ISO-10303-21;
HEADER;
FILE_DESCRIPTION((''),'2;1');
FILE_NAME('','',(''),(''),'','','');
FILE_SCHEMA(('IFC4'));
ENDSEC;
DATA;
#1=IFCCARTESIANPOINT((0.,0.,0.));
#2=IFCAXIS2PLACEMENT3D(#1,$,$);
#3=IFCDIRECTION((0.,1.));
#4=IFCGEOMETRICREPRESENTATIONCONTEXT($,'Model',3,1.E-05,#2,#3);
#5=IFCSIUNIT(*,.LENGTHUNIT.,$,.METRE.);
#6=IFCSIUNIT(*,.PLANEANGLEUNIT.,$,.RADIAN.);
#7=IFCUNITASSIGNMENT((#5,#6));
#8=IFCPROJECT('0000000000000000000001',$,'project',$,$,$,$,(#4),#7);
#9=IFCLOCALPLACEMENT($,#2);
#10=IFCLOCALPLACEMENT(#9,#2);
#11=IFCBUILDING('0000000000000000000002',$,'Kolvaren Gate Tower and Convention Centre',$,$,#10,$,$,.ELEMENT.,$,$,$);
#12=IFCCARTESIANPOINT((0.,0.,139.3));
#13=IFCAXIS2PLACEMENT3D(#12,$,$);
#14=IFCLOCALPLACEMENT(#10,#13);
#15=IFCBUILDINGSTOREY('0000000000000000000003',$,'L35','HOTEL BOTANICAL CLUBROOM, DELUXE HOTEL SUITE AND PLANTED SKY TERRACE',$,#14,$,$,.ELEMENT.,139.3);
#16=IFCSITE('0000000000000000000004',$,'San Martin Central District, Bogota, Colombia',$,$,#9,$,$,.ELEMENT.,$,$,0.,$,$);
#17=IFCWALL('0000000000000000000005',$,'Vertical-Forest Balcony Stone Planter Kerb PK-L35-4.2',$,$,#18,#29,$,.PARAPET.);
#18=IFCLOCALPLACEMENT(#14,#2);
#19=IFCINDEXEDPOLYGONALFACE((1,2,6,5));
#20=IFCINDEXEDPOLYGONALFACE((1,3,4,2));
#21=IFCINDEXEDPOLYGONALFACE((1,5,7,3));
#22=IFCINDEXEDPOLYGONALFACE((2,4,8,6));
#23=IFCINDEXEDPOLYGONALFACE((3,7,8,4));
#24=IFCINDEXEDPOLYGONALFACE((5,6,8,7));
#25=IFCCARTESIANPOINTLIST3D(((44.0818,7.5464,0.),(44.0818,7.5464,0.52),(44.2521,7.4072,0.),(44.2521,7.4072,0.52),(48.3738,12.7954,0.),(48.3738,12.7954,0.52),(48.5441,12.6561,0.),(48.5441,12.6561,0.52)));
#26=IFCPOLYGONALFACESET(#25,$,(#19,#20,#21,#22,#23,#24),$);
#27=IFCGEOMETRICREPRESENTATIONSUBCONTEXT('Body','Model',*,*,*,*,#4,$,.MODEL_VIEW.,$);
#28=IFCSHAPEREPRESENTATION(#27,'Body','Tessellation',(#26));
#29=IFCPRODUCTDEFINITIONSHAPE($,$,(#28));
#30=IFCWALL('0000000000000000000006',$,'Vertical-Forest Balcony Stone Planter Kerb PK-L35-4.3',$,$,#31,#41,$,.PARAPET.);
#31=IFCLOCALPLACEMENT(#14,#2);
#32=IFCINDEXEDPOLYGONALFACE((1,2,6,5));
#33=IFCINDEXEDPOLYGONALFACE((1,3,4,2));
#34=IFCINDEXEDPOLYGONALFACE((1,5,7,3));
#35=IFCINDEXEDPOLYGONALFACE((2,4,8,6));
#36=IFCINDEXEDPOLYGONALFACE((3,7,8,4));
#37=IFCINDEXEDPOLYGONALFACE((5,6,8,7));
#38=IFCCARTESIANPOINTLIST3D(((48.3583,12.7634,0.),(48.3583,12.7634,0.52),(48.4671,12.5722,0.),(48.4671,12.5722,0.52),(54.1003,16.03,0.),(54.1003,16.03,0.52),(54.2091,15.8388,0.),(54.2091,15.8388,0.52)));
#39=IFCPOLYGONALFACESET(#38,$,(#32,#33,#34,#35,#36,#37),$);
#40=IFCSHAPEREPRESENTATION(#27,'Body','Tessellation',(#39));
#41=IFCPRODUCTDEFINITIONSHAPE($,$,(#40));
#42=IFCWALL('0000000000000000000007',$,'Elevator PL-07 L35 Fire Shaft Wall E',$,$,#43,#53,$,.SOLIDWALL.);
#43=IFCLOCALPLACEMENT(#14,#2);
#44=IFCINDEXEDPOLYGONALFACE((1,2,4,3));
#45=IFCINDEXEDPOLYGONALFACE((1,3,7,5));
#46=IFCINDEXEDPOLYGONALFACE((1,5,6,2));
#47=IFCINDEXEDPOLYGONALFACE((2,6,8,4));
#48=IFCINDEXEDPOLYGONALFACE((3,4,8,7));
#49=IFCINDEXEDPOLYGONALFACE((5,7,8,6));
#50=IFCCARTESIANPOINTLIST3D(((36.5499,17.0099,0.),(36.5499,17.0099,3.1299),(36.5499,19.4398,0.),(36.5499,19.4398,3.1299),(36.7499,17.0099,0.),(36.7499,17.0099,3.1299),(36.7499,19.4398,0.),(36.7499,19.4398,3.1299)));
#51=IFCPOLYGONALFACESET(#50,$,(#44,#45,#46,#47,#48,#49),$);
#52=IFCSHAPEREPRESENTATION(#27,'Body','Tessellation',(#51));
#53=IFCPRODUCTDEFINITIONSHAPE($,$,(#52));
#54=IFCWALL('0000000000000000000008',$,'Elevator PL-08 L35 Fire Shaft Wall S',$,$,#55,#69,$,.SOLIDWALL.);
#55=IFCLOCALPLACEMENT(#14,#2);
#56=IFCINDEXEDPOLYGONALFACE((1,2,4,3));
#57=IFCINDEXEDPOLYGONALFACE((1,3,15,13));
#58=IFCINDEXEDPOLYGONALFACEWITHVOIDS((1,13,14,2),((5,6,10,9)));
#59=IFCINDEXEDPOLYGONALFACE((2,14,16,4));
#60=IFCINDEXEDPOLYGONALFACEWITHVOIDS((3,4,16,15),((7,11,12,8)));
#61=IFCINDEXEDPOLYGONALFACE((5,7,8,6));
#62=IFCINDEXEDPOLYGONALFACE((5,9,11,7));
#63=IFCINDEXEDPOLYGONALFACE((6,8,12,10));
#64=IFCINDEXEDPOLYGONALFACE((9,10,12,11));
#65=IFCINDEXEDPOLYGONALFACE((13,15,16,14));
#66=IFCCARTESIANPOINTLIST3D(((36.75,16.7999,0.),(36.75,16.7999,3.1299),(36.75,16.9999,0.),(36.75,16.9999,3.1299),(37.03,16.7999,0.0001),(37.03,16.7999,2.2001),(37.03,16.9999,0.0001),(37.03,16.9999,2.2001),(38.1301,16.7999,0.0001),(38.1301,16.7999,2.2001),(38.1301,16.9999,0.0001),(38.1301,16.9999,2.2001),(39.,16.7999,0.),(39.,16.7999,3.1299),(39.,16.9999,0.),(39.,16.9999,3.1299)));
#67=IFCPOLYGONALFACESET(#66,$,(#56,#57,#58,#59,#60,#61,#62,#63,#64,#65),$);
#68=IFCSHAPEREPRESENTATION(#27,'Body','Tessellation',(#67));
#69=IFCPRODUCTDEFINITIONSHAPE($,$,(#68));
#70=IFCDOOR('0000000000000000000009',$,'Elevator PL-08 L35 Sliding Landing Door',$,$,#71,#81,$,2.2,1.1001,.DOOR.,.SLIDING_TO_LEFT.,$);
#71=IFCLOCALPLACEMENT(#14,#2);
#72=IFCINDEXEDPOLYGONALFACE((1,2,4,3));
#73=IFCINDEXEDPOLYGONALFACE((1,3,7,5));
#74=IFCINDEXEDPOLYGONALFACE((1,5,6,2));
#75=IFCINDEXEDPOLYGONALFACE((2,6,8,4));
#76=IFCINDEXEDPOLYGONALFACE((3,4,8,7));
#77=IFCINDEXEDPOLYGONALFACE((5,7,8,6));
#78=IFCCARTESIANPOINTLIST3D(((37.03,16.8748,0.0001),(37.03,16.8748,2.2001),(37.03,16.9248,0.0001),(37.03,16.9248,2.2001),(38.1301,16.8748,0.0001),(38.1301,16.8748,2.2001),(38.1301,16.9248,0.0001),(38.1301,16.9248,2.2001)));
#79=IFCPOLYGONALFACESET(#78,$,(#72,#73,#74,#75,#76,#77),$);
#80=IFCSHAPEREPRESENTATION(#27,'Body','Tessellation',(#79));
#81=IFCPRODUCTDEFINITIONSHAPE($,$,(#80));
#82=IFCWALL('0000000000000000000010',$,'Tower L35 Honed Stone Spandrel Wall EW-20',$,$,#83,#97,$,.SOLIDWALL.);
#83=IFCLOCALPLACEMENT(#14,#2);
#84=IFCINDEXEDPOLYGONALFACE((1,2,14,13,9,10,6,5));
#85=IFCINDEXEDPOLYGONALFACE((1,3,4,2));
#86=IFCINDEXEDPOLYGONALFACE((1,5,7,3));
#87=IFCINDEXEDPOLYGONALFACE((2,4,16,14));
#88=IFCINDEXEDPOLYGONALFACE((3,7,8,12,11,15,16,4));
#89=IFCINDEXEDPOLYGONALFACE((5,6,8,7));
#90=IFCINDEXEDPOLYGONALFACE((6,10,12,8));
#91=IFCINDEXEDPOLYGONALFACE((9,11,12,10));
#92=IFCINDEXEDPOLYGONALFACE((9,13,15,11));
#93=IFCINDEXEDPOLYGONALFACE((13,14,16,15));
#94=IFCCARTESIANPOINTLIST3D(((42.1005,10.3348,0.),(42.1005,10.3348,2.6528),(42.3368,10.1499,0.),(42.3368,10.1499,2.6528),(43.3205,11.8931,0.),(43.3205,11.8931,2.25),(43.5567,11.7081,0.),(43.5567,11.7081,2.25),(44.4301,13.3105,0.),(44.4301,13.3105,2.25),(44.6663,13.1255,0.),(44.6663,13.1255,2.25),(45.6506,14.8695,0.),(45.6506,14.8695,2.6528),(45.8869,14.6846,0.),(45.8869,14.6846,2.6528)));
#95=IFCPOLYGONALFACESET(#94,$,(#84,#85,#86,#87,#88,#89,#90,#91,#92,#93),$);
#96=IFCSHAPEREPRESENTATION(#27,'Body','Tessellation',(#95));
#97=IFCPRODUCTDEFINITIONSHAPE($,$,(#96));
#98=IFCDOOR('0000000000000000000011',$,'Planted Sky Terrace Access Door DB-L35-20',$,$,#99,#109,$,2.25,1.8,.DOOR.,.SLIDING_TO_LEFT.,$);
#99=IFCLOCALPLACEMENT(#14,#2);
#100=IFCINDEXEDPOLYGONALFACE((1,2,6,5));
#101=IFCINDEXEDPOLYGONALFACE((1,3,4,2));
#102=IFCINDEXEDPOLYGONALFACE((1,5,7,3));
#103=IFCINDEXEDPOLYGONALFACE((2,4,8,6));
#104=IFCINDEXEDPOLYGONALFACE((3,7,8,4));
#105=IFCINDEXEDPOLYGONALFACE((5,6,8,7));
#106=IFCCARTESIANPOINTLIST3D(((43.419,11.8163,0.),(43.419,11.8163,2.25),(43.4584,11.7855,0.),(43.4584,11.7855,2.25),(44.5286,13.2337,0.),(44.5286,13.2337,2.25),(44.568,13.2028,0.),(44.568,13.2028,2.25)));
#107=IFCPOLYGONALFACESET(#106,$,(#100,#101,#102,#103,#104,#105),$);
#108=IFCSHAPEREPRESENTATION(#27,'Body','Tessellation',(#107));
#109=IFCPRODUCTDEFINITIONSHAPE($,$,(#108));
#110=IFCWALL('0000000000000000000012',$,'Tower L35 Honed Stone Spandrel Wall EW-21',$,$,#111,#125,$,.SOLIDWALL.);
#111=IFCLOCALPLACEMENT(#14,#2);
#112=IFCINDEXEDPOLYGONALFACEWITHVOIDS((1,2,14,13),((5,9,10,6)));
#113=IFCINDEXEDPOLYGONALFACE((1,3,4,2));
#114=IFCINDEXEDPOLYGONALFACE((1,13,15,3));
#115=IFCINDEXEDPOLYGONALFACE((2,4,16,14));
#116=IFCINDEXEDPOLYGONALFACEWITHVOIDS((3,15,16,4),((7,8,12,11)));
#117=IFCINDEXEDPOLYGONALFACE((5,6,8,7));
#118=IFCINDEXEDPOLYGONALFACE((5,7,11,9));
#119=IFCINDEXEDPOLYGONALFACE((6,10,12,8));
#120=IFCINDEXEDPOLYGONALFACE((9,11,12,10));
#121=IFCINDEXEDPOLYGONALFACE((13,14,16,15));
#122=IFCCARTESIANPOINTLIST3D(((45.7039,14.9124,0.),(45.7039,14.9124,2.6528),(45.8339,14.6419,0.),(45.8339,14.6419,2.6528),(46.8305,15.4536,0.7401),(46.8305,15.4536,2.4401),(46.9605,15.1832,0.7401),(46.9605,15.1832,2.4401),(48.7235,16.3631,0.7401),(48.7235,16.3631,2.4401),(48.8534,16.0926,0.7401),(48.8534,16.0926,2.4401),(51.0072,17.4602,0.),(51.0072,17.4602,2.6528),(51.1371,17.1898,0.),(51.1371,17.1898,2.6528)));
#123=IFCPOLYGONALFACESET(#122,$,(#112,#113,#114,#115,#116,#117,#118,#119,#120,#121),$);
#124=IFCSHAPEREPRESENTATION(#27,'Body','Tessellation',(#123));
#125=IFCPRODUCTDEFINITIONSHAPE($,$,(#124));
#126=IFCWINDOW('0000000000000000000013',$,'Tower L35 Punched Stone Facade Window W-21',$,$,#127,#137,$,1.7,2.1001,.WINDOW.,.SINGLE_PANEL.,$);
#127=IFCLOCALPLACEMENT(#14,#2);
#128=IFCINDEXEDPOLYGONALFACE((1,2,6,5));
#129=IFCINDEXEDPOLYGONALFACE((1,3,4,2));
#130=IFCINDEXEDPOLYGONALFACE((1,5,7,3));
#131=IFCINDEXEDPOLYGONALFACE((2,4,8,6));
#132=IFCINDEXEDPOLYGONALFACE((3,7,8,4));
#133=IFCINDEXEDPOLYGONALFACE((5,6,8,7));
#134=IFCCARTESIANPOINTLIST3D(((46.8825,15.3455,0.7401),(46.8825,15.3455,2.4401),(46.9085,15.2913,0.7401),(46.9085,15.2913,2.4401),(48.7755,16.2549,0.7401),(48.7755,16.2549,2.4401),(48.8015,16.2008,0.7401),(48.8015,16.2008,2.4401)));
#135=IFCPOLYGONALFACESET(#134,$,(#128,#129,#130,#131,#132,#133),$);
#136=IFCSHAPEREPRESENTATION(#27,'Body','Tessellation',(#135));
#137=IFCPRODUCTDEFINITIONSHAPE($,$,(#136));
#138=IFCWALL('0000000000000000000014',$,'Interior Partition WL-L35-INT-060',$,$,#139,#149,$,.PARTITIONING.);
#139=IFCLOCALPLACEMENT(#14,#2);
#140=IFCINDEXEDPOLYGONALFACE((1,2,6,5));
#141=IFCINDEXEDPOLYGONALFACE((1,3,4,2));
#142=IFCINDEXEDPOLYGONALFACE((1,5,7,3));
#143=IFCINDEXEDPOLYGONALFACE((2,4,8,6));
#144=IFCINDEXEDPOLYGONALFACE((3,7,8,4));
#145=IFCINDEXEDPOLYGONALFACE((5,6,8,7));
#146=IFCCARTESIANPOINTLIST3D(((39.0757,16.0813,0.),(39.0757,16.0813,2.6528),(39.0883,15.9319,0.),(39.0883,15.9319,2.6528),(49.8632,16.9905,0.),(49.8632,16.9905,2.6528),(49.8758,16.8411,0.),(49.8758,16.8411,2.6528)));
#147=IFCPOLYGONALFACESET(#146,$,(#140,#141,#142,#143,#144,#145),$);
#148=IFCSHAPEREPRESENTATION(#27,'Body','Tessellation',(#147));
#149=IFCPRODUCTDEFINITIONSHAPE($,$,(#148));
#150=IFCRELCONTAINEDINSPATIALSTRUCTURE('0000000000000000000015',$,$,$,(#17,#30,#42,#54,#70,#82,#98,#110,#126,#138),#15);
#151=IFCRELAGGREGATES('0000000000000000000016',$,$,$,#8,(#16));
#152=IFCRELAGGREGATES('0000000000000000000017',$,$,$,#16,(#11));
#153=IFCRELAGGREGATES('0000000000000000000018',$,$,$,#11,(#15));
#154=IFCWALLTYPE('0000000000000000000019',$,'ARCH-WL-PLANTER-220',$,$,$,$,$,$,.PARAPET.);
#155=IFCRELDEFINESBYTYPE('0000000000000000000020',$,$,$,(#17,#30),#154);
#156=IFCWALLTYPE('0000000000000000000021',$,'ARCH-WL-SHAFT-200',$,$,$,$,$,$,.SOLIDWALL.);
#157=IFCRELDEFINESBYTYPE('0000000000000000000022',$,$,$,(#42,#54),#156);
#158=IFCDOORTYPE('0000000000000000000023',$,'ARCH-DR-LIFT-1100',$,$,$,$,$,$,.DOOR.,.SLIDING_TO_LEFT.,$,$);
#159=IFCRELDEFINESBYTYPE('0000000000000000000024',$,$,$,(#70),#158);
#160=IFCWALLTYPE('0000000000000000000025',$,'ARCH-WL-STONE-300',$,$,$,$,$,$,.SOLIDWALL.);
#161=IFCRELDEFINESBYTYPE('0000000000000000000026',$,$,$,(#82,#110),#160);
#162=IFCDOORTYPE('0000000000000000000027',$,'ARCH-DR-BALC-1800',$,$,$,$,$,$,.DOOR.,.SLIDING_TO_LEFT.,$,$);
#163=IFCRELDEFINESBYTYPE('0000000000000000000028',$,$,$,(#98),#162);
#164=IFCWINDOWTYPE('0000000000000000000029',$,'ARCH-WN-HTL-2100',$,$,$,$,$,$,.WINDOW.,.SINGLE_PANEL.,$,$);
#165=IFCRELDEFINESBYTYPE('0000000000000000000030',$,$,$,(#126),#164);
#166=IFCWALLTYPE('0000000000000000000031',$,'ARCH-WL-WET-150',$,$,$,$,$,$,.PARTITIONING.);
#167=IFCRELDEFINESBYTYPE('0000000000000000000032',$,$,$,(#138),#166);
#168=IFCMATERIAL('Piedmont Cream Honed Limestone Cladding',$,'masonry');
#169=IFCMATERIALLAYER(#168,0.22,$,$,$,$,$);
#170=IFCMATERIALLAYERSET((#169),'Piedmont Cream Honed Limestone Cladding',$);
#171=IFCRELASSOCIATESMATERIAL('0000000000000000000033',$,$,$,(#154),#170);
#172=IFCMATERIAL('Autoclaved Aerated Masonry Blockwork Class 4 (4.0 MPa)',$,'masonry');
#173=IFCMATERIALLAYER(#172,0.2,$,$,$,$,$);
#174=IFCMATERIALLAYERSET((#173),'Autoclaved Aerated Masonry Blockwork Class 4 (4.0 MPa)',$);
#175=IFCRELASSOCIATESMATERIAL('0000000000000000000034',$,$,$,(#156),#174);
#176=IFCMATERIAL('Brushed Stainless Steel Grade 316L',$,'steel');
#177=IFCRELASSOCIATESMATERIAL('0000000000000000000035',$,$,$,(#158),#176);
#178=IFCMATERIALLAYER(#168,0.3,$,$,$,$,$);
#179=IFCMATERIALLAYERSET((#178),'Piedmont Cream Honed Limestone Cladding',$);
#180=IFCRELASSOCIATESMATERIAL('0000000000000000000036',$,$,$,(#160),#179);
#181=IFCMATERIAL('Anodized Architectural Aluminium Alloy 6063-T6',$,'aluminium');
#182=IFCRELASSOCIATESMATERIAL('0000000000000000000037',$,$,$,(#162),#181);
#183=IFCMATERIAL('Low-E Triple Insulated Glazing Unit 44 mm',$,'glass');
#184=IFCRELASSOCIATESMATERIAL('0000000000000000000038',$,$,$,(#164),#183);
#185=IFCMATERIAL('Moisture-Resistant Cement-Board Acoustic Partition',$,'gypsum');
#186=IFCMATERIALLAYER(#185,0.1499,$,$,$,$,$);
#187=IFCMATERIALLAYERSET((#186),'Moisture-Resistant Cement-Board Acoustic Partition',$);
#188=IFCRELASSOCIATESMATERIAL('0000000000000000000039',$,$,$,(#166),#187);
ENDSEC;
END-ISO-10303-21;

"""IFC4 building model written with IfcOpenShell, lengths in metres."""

from ifc_helpers import new_model, si_unit, direction, frame, frame_2d, origin, place, context, subcontext, project, spatial, rectangle, extrude, material, layer, layer_set, type_object, element, fill, save


model = new_model("IFC4")

# Units and contexts
model_context = context("Model", 3, precision=1e-05, world=origin(), true_north=direction((0.0, 1.0)))
body_context = subcontext(model_context, "Body", "Model", "MODEL_VIEW")
ifc_project = project(units=[si_unit("LENGTHUNIT", "METRE"), si_unit("PLANEANGLEUNIT", "RADIAN")], contexts=[model_context])

# Site, building, storey
site_placement = place(None, origin())
site = spatial("IfcSite", under=ifc_project, at=site_placement, Name="San Martin Central District, Bogota, Colombia", CompositionType="ELEMENT", RefElevation=0.0)
building_placement = place(site_placement, origin())
building = spatial("IfcBuilding", under=site, at=building_placement, Name="Kolvaren Gate Tower and Convention Centre", CompositionType="ELEMENT")
storey_placement = place(building_placement, frame((0.0, 0.0, 139.3)))
storey = spatial("IfcBuildingStorey", under=building, at=storey_placement, Name="L35", Description="HOTEL BOTANICAL CLUBROOM, DELUXE HOTEL SUITE AND PLANTED SKY TERRACE", CompositionType="ELEMENT", Elevation=139.3)

# Walls
ifc_material_1 = material(Name="Piedmont Cream Honed Limestone Cladding", Category="masonry")
ifc_layer_1 = layer(ifc_material_1, 0.22)
ifc_layer_set_1 = layer_set([ifc_layer_1], Name="Piedmont Cream Honed Limestone Cladding")
wall_type_1 = type_object("IfcWallType", Name="ARCH-WL-PLANTER-220", PredefinedType="PARAPET", material=ifc_layer_set_1)
wall_1_placement = place(storey_placement, frame((44.167, 7.4768, 0.0), z_axis=(0.0, 0.0, 1.0), x_axis=(0.633002, 0.77415, 0.0)))
element("IfcWall", 1, at=wall_1_placement, inside=storey, type_object=wall_type_1, Name="Vertical-Forest Balcony Stone Planter Kerb PK-L35-4.2", PredefinedType="PARAPET", context=body_context, shape_type="SweptSolid", body=[
    extrude(rectangle(XDim=6.7803, YDim=0.22, at=frame_2d((3.3901, 0.0))), origin(), (0.0, 0.0, 1.0), 0.52),
])
wall_2_placement = place(storey_placement, frame((48.4126, 12.6677, 0.0), z_axis=(0.0, 0.0, 1.0), x_axis=(0.869188, 0.494482, 0.0)))
element("IfcWall", 2, at=wall_2_placement, inside=storey, type_object=wall_type_1, Name="Vertical-Forest Balcony Stone Planter Kerb PK-L35-4.3", PredefinedType="PARAPET", context=body_context, shape_type="SweptSolid", body=[
    extrude(rectangle(XDim=6.6062, YDim=0.22, at=frame_2d((3.3032, 0.0))), origin(), (0.0, 0.0, 1.0), 0.52),
])
ifc_material_2 = material(Name="Autoclaved Aerated Masonry Blockwork Class 4 (4.0 MPa)", Category="masonry")
ifc_layer_2 = layer(ifc_material_2, 0.2)
ifc_layer_set_2 = layer_set([ifc_layer_2], Name="Autoclaved Aerated Masonry Blockwork Class 4 (4.0 MPa)")
wall_type_2 = type_object("IfcWallType", Name="ARCH-WL-SHAFT-200", PredefinedType="SOLIDWALL", material=ifc_layer_set_2)
wall_3_placement = place(storey_placement, frame((36.6499, 17.01, 0.0), z_axis=(0.0, 0.0, 1.0), x_axis=(0.0, 1.0, 0.0)))
element("IfcWall", 3, at=wall_3_placement, inside=storey, type_object=wall_type_2, Name="Elevator PL-07 L35 Fire Shaft Wall E", PredefinedType="SOLIDWALL", context=body_context, shape_type="SweptSolid", body=[
    extrude(rectangle(XDim=2.4299, YDim=0.2, at=frame_2d((1.2148, 0.0))), origin(), (0.0, 0.0, 1.0), 3.1299),
])

# Walls, openings, doors
wall_4_placement = place(storey_placement, frame((36.75, 16.8999, 0.0), z_axis=(0.0, 0.0, 1.0), x_axis=(1.0, 0.0, 0.0)))
wall_4 = element("IfcWall", 4, at=wall_4_placement, inside=storey, type_object=wall_type_2, Name="Elevator PL-08 L35 Fire Shaft Wall S", PredefinedType="SOLIDWALL", context=body_context, shape_type="SweptSolid", body=[
    extrude(rectangle(XDim=2.25, YDim=0.2, at=frame_2d((1.125, 0.0))), origin(), (0.0, 0.0, 1.0), 3.1299),
])
opening_1_placement = place(wall_4_placement, frame((0.28, 0.0, 0.0)))
opening_1 = element("IfcOpeningElement", 5, at=opening_1_placement, cuts=wall_4, PredefinedType="OPENING", context=body_context, shape_type="SweptSolid", body=[
    extrude(rectangle(XDim=1.1001, YDim=2.2, at=frame_2d((0.55, 1.1001))), frame((0.0, 0.1099, 0.0), z_axis=(0.0, -1.0, 0.0), x_axis=(1.0, 0.0, 0.0)), (0.0, 0.0, 1.0), 0.22),
])
ifc_material_3 = material(Name="Brushed Stainless Steel Grade 316L", Category="steel")
door_type_1 = type_object("IfcDoorType", Name="ARCH-DR-LIFT-1100", OperationType="SLIDING_TO_LEFT", PredefinedType="DOOR", material=ifc_material_3)
door_1_placement = place(opening_1_placement, origin())
door_1 = element("IfcDoor", 6, at=door_1_placement, inside=storey, type_object=door_type_1, Name="Elevator PL-08 L35 Sliding Landing Door", OperationType="SLIDING_TO_LEFT", OverallHeight=2.2, OverallWidth=1.1001, PredefinedType="DOOR", context=body_context, shape_type="SweptSolid", body=[
    extrude(rectangle(XDim=1.1001, YDim=2.2, at=frame_2d((0.55, 1.1001))), frame((0.0, 0.0249, 0.0), z_axis=(0.0, -1.0, 0.0), x_axis=(1.0, 0.0, 0.0)), (0.0, 0.0, 1.0), 0.05),
])
fill(opening_1, door_1)
ifc_layer_3 = layer(ifc_material_1, 0.3)
ifc_layer_set_3 = layer_set([ifc_layer_3], Name="Piedmont Cream Honed Limestone Cladding")
wall_type_3 = type_object("IfcWallType", Name="ARCH-WL-STONE-300", PredefinedType="SOLIDWALL", material=ifc_layer_set_3)
wall_5_placement = place(storey_placement, frame((42.2188, 10.2424, 0.0), z_axis=(0.0, 0.0, 1.0), x_axis=(0.616435, 0.787406, 0.0)))
wall_5 = element("IfcWall", 7, at=wall_5_placement, inside=storey, type_object=wall_type_3, Name="Tower L35 Honed Stone Spandrel Wall EW-20", PredefinedType="SOLIDWALL", context=body_context, shape_type="SweptSolid", body=[
    extrude(rectangle(XDim=5.759, YDim=0.3, at=frame_2d((2.8794, 0.0))), origin(), (0.0, 0.0, 1.0), 2.6528),
])
opening_2_placement = place(wall_5_placement, frame((1.979, 0.0, 0.0)))
opening_2 = element("IfcOpeningElement", 8, at=opening_2_placement, cuts=wall_5, PredefinedType="OPENING", context=body_context, shape_type="SweptSolid", body=[
    extrude(rectangle(XDim=1.8, YDim=2.25, at=frame_2d((0.8999, 1.125))), frame((0.0, 0.1599, 0.0), z_axis=(0.0, -1.0, 0.0), x_axis=(1.0, 0.0, 0.0)), (0.0, 0.0, 1.0), 0.3201),
])
ifc_material_4 = material(Name="Anodized Architectural Aluminium Alloy 6063-T6", Category="aluminium")
door_type_2 = type_object("IfcDoorType", Name="ARCH-DR-BALC-1800", OperationType="SLIDING_TO_LEFT", PredefinedType="DOOR", material=ifc_material_4)
door_2_placement = place(opening_2_placement, frame((1.8, 0.0, 0.0), z_axis=(0.0, 0.0, 1.0), x_axis=(-1.0, 0.0, 0.0)))
door_2 = element("IfcDoor", 9, at=door_2_placement, inside=storey, type_object=door_type_2, Name="Planted Sky Terrace Access Door DB-L35-20", OperationType="SLIDING_TO_LEFT", OverallHeight=2.25, OverallWidth=1.8, PredefinedType="DOOR", context=body_context, shape_type="SweptSolid", body=[
    extrude(rectangle(XDim=1.8, YDim=2.25, at=frame_2d((0.8999, 1.125))), frame((0.0, 0.0249, 0.0), z_axis=(0.0, -1.0, 0.0), x_axis=(1.0, 0.0, 0.0)), (0.0, 0.0, 1.0), 0.05),
])
fill(opening_2, door_2)

# Wall, opening, window
wall_6_placement = place(storey_placement, frame((45.7688, 14.7771, 0.0), z_axis=(0.0, 0.0, 1.0), x_axis=(0.90137, 0.433049, 0.0)))
wall_6 = element("IfcWall", 10, at=wall_6_placement, inside=storey, type_object=wall_type_3, Name="Tower L35 Honed Stone Spandrel Wall EW-21", PredefinedType="SOLIDWALL", context=body_context, shape_type="SweptSolid", body=[
    extrude(rectangle(XDim=5.8835, YDim=0.3, at=frame_2d((2.9419, 0.0))), origin(), (0.0, 0.0, 1.0), 2.6528),
])
opening_3_placement = place(wall_6_placement, frame((1.25, 0.0, 0.74)))
opening_3 = element("IfcOpeningElement", 11, at=opening_3_placement, cuts=wall_6, PredefinedType="OPENING", context=body_context, shape_type="SweptSolid", body=[
    extrude(rectangle(XDim=2.1001, YDim=1.7, at=frame_2d((1.05, 0.8501))), frame((0.0, 0.1599, 0.0), z_axis=(0.0, -1.0, 0.0), x_axis=(1.0, 0.0, 0.0)), (0.0, 0.0, 1.0), 0.3201),
])
ifc_material_5 = material(Name="Low-E Triple Insulated Glazing Unit 44 mm", Category="glass")
window_type = type_object("IfcWindowType", Name="ARCH-WN-HTL-2100", PartitioningType="SINGLE_PANEL", PredefinedType="WINDOW", material=ifc_material_5)
window_placement = place(opening_3_placement, origin())
window = element("IfcWindow", 12, at=window_placement, inside=storey, type_object=window_type, Name="Tower L35 Punched Stone Facade Window W-21", OverallHeight=1.7, OverallWidth=2.1001, PartitioningType="SINGLE_PANEL", PredefinedType="WINDOW", context=body_context, shape_type="SweptSolid", body=[
    extrude(rectangle(XDim=2.1001, YDim=1.7, at=frame_2d((1.05, 0.8501))), frame((0.0, 0.03, 0.0), z_axis=(0.0, -1.0, 0.0), x_axis=(1.0, 0.0, 0.0)), (0.0, 0.0, 1.0), 0.0601),
])
fill(opening_3, window)

# Wall
ifc_material_6 = material(Name="Moisture-Resistant Cement-Board Acoustic Partition", Category="gypsum")
ifc_layer_4 = layer(ifc_material_6, 0.1499)
ifc_layer_set_4 = layer_set([ifc_layer_4], Name="Moisture-Resistant Cement-Board Acoustic Partition")
wall_type_4 = type_object("IfcWallType", Name="ARCH-WL-WET-150", PredefinedType="PARTITIONING", material=ifc_layer_set_4)
wall_7_placement = place(storey_placement, frame((39.082, 16.0066, 0.0), z_axis=(0.0, 0.0, 1.0), x_axis=(0.996467, 0.083984, 0.0)))
element("IfcWall", 13, at=wall_7_placement, inside=storey, type_object=wall_type_4, Name="Interior Partition WL-L35-INT-060", PredefinedType="PARTITIONING", context=body_context, shape_type="SweptSolid", body=[
    extrude(rectangle(XDim=10.8257, YDim=0.1499, at=frame_2d((5.4128, 0.0))), origin(), (0.0, 0.0, 1.0), 2.6528),
])

save(model, "model.ifc")
